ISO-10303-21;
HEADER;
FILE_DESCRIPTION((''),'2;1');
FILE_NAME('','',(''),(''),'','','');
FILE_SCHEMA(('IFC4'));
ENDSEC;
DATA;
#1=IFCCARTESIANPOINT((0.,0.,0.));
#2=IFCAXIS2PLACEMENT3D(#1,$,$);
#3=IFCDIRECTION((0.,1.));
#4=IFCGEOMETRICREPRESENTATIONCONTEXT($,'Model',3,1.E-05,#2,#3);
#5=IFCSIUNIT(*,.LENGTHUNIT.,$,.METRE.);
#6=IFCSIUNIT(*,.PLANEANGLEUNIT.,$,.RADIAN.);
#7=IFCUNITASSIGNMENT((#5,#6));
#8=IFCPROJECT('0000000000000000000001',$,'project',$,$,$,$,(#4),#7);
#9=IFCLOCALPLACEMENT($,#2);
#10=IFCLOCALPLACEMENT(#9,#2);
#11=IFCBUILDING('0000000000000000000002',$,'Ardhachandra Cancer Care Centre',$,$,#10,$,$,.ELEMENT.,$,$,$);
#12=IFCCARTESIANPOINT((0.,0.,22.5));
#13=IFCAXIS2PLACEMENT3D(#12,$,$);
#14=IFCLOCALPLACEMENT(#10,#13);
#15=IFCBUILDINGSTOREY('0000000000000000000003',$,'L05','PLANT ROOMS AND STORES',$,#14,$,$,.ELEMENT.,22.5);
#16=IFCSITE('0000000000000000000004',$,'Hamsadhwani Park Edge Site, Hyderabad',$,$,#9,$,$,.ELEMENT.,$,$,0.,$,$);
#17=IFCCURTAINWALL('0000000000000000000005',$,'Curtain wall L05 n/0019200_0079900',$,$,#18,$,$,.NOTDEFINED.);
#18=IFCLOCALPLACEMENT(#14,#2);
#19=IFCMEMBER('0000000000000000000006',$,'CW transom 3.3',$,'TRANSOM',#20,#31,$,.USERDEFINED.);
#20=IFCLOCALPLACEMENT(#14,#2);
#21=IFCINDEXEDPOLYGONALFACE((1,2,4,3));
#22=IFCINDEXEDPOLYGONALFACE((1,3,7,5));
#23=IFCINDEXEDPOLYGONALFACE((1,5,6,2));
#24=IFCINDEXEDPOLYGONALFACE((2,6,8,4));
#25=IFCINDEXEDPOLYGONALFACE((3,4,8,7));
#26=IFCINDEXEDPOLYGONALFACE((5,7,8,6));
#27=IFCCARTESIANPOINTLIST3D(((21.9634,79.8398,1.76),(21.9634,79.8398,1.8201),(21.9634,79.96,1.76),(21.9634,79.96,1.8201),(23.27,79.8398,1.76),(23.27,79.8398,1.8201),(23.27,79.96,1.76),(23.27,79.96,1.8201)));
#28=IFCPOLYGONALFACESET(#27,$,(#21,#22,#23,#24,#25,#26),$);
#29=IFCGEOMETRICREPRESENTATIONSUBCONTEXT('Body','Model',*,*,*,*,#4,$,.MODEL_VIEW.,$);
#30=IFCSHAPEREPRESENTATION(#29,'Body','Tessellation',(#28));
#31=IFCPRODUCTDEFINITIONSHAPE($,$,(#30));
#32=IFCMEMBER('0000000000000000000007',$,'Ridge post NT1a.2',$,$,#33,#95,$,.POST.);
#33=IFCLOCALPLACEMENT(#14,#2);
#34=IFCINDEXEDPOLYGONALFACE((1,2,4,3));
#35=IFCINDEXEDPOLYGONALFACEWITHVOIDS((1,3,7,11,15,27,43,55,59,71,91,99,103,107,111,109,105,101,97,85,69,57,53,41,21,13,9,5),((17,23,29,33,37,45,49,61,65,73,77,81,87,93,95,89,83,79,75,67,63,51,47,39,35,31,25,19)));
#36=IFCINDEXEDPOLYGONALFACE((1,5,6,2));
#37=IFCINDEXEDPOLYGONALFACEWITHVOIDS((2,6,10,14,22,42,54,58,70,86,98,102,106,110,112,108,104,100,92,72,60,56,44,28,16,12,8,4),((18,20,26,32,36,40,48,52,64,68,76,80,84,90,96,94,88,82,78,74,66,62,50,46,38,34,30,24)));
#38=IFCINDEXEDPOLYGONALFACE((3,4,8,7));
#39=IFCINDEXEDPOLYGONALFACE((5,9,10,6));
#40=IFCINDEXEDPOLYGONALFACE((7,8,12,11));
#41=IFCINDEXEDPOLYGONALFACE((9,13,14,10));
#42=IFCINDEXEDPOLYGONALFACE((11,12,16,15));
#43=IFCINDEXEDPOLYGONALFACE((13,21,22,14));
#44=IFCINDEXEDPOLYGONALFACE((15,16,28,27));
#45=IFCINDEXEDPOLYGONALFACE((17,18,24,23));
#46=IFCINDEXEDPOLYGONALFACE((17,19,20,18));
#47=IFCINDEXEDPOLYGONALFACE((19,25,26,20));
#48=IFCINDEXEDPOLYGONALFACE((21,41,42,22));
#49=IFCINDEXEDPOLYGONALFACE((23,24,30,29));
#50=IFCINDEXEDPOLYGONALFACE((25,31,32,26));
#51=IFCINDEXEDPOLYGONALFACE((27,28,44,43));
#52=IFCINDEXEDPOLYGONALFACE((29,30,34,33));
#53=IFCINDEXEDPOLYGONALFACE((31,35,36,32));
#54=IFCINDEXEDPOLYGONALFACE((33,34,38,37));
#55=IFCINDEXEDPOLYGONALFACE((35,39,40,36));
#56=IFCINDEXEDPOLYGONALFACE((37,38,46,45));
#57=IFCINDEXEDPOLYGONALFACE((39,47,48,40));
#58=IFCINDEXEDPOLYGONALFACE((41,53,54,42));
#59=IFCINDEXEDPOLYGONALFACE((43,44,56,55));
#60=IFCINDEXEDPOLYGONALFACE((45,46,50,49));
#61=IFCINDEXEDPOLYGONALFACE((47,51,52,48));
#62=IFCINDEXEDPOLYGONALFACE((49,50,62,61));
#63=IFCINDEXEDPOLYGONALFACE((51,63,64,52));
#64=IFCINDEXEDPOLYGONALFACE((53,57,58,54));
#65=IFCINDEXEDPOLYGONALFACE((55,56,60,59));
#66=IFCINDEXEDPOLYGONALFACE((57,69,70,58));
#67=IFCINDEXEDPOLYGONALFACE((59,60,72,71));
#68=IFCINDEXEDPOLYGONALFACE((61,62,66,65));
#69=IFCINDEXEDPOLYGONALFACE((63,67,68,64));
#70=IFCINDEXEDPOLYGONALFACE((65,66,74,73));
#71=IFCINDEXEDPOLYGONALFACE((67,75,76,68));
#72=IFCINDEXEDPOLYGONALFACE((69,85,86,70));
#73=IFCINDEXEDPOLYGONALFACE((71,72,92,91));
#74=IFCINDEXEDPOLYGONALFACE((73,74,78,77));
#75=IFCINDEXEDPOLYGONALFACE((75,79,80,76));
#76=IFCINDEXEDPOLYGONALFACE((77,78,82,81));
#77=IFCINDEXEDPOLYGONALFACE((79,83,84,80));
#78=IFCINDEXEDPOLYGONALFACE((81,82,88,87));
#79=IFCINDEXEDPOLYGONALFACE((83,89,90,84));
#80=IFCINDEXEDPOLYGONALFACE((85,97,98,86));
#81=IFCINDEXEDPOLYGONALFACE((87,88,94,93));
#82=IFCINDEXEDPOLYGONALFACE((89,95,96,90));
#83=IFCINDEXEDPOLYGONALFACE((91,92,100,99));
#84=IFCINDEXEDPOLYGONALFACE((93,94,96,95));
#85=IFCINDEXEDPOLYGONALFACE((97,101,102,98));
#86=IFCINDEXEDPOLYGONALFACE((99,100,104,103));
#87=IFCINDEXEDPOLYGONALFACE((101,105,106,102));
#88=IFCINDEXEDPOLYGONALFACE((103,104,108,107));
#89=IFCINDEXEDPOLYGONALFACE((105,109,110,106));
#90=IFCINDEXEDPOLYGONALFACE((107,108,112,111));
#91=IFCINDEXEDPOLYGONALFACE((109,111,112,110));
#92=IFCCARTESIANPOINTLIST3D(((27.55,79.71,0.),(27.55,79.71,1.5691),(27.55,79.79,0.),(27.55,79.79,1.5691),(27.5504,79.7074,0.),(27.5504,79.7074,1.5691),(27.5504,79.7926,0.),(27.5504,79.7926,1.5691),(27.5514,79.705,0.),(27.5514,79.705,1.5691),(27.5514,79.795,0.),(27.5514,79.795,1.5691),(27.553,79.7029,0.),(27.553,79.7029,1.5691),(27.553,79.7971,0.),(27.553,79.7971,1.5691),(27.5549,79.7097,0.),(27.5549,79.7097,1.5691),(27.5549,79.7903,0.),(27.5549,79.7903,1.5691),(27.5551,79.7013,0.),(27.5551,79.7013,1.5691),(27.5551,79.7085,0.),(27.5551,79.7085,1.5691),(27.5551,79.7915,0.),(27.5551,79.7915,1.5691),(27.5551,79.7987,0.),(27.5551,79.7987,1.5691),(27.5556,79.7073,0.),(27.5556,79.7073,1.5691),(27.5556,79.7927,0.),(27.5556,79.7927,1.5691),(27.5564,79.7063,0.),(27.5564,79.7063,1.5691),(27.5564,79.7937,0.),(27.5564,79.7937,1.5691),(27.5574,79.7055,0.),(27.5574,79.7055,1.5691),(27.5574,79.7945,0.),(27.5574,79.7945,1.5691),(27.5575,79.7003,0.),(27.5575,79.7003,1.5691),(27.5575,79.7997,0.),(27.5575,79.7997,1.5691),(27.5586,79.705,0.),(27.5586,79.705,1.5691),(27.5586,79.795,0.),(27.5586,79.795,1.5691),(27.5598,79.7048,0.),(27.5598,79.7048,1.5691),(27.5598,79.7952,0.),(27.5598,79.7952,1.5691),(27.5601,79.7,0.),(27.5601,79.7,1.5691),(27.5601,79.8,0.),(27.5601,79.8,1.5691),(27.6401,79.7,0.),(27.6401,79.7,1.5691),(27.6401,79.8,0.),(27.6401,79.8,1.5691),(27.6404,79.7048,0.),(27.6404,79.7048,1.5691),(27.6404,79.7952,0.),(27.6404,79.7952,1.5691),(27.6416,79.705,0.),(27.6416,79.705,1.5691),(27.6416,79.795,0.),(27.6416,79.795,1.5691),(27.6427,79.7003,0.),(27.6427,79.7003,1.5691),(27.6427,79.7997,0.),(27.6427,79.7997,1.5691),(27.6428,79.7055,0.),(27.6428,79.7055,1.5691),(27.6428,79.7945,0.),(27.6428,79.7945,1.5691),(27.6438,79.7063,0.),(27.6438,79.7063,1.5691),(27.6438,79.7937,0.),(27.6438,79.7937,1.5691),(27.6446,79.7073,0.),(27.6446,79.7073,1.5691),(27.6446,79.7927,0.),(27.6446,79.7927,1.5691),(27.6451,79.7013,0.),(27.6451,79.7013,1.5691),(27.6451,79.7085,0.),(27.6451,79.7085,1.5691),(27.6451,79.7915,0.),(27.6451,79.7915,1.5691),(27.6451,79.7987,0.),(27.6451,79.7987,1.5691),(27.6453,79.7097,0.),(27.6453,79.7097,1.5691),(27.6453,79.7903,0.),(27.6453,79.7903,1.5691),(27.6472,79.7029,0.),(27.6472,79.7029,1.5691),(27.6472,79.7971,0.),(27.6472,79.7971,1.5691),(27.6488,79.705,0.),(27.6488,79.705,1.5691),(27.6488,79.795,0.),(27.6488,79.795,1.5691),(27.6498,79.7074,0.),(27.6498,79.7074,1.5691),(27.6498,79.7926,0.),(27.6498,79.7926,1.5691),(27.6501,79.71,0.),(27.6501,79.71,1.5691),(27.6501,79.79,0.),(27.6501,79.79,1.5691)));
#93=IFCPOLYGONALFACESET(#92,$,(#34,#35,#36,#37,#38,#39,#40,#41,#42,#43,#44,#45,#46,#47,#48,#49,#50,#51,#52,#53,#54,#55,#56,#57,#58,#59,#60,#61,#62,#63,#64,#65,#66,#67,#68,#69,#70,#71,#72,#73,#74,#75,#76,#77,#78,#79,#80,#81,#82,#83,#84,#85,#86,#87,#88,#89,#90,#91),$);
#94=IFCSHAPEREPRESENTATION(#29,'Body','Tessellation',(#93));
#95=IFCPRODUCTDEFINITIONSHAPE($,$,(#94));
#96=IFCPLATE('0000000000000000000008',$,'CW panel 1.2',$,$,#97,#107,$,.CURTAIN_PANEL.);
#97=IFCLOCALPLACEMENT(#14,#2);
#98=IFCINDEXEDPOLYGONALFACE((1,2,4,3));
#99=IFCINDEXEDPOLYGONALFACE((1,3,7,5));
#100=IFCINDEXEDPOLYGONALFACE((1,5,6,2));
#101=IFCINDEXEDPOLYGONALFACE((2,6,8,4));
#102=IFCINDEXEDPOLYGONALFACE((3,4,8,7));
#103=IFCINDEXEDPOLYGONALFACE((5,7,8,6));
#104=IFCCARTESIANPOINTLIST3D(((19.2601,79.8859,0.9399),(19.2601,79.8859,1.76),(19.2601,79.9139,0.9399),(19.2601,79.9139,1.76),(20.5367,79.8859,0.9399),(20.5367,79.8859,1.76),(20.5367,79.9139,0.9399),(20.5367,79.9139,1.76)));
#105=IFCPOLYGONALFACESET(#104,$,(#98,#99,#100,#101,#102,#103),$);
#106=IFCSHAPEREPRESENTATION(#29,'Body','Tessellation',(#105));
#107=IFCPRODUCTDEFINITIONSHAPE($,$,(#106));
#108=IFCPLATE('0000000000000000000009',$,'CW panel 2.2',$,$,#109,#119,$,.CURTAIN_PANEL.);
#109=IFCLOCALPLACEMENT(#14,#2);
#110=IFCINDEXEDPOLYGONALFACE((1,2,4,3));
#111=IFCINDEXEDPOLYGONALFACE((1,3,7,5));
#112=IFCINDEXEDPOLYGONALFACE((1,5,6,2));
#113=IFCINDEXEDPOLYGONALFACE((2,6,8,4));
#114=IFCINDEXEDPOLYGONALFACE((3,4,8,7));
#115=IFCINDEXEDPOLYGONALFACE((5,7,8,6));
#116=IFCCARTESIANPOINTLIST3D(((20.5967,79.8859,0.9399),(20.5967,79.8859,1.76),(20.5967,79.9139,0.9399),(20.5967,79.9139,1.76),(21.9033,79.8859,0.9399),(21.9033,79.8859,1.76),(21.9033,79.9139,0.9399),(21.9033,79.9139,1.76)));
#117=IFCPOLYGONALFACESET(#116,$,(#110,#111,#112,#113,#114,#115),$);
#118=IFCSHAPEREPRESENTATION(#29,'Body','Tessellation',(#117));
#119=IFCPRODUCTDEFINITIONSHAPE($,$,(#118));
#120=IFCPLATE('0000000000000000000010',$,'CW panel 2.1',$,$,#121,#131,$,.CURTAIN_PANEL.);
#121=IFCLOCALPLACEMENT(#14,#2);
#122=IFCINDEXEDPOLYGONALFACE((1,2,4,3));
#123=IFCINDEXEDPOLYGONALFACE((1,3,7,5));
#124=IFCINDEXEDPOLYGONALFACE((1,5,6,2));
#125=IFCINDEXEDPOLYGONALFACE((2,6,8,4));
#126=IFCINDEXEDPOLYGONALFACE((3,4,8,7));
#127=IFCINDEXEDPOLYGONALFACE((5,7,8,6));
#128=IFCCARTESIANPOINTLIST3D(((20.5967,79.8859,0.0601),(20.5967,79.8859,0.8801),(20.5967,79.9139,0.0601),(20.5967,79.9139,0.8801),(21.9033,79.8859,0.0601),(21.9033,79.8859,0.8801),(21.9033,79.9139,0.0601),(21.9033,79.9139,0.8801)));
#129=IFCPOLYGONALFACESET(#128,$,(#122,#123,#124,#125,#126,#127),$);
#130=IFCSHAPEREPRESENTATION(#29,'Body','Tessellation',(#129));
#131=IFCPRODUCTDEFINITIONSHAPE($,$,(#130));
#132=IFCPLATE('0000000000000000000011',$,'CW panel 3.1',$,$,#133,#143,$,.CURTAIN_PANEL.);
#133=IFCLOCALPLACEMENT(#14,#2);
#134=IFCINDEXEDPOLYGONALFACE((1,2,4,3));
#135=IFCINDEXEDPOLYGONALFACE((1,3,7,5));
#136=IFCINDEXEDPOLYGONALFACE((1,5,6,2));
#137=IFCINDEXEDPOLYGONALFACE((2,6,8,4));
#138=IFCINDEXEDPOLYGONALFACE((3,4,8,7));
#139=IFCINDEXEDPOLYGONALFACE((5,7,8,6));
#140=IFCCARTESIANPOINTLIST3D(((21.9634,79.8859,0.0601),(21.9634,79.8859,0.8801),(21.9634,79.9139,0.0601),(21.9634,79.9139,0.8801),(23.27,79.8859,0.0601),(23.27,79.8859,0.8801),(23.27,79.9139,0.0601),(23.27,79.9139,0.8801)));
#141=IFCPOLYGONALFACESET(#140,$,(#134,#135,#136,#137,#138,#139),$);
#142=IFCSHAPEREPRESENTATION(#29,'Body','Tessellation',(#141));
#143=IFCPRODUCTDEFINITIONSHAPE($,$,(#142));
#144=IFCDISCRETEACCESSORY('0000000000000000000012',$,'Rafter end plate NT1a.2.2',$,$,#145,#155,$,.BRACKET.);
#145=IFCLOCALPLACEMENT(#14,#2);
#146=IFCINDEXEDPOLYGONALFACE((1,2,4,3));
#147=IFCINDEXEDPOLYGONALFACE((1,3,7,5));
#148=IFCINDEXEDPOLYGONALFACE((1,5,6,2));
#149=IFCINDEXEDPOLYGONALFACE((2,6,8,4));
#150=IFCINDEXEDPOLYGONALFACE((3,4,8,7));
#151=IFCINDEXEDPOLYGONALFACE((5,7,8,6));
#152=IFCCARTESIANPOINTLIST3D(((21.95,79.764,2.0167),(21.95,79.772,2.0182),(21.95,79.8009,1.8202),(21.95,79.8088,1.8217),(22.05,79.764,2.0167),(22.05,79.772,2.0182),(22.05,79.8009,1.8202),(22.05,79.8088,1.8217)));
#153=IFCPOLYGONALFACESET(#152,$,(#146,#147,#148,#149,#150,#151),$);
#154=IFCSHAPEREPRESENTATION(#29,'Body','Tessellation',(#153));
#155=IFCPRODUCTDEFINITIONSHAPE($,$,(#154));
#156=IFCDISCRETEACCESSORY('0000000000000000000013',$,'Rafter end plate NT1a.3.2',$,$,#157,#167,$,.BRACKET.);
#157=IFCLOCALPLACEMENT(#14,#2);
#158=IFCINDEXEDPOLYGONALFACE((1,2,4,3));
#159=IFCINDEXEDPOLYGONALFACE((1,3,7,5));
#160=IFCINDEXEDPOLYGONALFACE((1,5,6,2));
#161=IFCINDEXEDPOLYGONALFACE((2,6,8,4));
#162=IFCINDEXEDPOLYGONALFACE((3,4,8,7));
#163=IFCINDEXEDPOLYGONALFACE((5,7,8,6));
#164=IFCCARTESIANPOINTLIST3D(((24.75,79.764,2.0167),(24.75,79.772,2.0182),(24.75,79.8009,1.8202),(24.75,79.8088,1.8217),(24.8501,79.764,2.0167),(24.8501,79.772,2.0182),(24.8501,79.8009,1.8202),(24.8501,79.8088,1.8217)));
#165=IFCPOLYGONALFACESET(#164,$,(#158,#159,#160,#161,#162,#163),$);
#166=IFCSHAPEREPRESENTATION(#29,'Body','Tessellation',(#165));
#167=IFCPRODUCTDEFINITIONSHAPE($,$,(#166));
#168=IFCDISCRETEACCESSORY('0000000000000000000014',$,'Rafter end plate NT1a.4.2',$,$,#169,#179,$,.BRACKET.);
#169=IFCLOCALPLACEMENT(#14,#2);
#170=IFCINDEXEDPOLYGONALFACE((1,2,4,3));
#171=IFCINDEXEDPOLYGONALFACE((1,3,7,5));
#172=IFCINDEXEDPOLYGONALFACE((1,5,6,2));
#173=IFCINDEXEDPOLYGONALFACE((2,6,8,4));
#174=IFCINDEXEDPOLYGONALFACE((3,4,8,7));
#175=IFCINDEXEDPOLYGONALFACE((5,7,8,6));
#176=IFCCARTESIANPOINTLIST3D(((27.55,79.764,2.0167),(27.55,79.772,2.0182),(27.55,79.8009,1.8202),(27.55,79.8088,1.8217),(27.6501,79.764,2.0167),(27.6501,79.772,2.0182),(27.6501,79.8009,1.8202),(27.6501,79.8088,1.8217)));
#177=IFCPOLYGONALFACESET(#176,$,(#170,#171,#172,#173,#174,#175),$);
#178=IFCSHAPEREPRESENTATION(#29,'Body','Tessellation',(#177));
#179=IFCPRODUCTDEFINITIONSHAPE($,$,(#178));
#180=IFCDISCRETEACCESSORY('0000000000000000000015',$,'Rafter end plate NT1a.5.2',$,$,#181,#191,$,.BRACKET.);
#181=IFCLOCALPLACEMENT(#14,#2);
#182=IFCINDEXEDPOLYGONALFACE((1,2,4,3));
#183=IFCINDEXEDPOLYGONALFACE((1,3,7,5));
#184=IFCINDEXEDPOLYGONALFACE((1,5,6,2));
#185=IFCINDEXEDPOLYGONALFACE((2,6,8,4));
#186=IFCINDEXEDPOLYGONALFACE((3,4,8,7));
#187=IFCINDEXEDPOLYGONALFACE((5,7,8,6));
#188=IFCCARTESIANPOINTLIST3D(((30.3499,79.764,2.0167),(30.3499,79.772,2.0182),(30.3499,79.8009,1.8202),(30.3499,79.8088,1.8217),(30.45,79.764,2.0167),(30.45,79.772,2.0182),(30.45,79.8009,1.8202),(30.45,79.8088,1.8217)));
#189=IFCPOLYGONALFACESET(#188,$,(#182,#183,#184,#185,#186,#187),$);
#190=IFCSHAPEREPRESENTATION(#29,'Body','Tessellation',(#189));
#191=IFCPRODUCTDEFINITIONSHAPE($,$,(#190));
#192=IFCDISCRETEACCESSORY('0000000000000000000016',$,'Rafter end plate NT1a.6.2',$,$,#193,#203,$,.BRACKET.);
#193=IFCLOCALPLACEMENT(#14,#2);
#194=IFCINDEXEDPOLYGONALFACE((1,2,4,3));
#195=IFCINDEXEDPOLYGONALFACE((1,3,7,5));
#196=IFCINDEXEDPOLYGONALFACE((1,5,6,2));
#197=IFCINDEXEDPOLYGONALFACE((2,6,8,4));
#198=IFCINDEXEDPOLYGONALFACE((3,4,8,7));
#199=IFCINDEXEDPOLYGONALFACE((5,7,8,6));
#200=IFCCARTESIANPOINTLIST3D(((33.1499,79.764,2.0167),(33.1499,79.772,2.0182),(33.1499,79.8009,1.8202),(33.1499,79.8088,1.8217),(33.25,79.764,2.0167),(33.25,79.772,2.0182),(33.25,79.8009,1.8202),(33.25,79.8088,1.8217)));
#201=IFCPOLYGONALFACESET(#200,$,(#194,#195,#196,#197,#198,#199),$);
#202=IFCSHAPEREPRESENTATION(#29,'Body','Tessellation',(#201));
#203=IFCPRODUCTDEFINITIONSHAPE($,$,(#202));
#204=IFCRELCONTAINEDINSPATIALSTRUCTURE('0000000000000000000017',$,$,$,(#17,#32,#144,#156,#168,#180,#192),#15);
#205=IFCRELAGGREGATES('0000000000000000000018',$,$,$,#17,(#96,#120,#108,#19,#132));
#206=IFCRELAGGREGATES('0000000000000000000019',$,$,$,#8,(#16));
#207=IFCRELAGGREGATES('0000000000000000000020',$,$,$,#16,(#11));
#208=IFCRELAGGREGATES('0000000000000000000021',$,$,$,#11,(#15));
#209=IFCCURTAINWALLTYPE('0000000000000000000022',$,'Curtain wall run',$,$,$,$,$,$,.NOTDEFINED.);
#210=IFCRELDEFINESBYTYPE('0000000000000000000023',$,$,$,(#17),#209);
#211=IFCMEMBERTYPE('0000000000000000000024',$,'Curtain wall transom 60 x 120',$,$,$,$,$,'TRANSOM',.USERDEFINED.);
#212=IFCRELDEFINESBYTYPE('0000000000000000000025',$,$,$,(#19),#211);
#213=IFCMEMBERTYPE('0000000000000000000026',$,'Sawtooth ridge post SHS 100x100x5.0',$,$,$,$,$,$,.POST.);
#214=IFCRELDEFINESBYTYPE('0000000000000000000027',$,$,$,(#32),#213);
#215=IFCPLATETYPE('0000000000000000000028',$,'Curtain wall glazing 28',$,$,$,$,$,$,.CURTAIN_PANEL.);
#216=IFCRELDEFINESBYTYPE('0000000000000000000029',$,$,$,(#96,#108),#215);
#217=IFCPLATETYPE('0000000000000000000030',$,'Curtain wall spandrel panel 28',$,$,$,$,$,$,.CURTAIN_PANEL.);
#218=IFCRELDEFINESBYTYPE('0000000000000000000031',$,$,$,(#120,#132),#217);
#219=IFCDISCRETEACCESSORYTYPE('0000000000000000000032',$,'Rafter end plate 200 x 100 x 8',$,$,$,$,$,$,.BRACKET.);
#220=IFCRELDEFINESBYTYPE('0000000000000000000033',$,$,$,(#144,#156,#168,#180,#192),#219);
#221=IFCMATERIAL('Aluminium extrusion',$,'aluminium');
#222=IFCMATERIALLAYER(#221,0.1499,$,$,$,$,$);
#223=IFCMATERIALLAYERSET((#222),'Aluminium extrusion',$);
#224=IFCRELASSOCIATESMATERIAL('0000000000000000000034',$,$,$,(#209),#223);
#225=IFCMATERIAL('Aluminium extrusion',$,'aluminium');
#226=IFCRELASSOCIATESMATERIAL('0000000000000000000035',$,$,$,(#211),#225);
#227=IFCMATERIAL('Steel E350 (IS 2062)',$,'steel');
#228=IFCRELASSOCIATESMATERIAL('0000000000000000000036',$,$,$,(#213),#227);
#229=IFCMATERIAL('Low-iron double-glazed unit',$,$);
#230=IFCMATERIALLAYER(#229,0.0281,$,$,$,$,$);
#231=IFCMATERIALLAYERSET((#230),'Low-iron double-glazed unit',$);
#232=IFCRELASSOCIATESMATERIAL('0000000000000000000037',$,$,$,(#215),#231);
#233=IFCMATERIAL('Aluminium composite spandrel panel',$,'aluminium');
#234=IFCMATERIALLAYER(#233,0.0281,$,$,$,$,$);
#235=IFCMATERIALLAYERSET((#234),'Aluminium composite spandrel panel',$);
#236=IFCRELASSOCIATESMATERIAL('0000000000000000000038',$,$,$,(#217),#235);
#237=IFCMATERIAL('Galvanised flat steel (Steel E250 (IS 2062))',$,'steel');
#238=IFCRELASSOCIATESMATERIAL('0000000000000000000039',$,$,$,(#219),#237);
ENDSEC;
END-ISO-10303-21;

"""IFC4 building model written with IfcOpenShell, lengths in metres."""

from ifc_helpers import new_model, si_unit, direction, frame, origin, origin_2d, place, context, subcontext, project, spatial, rectangle, hollow_rectangle, extrude, material, layer, layer_set, material_profile, profile_set, type_object, element, aggregate, save


model = new_model("IFC4")

# Units and contexts
model_context = context("Model", 3, precision=1e-05, world=origin(), true_north=direction((0.0, 1.0)))
body_context = subcontext(model_context, "Body", "Model", "MODEL_VIEW")
ifc_project = project(units=[si_unit("LENGTHUNIT", "METRE"), si_unit("PLANEANGLEUNIT", "RADIAN")], contexts=[model_context])

# Site, building, storey
site_placement = place(None, origin())
site = spatial("IfcSite", under=ifc_project, at=site_placement, Name="Hamsadhwani Park Edge Site, Hyderabad", CompositionType="ELEMENT", RefElevation=0.0)
building_placement = place(site_placement, origin())
building = spatial("IfcBuilding", under=site, at=building_placement, Name="Ardhachandra Cancer Care Centre", CompositionType="ELEMENT")
storey_placement = place(building_placement, frame((0.0, 0.0, 22.5)))
storey = spatial("IfcBuildingStorey", under=building, at=storey_placement, Name="L05", Description="PLANT ROOMS AND STORES", CompositionType="ELEMENT", Elevation=22.5)

# Curtain wall, member
ifc_material_1 = material(Name="Aluminium extrusion", Category="aluminium")
ifc_layer_1 = layer(ifc_material_1, 0.1499)
ifc_layer_set_1 = layer_set([ifc_layer_1], Name="Aluminium extrusion")
curtain_wall_type = type_object("IfcCurtainWallType", Name="Curtain wall run", PredefinedType="NOTDEFINED", material=ifc_layer_set_1)
curtain_wall_placement = place(storey_placement, origin())
curtain_wall = element("IfcCurtainWall", 1, at=curtain_wall_placement, inside=storey, type_object=curtain_wall_type, Name="Curtain wall L05 n/0019200_0079900", PredefinedType="NOTDEFINED")
ifc_material_2 = material(Name="Aluminium extrusion", Category="aluminium")
ifc_material_profile_1 = material_profile(ifc_material_2, rectangle(XDim=0.1201, YDim=0.0601, at=origin_2d()), Name="Curtain wall transom 60 x 120")
ifc_profile_set_1 = profile_set([ifc_material_profile_1], Name="Aluminium extrusion")
member_type_1 = type_object("IfcMemberType", Name="Curtain wall transom 60 x 120", ElementType="TRANSOM", PredefinedType="USERDEFINED", material=ifc_profile_set_1)
member_1_placement = place(storey_placement, frame((21.9634, 79.8999, 1.79), z_axis=(1.0, 0.0, 0.0), x_axis=(0.0, 1.0, 0.0)))
member_1 = element("IfcMember", 2, at=member_1_placement, type_object=member_type_1, Name="CW transom 3.3", ObjectType="TRANSOM", PredefinedType="USERDEFINED", context=body_context, shape_type="SweptSolid", body=[
    extrude(rectangle(XDim=0.1201, YDim=0.0601, at=origin_2d()), origin(), (0.0, 0.0, 1.0), 1.3066),
])

# Member
ifc_material_3 = material(Name="Steel E350 (IS 2062)", Category="steel")
ifc_material_profile_2 = material_profile(ifc_material_3, hollow_rectangle(XDim=0.1001, YDim=0.1001, WallThickness=0.0049, InnerFilletRadius=0.0049, OuterFilletRadius=0.01, at=origin_2d()), Name="SHS 100x100x5.0")
ifc_profile_set_2 = profile_set([ifc_material_profile_2], Name="Steel E350 (IS 2062)")
member_type_2 = type_object("IfcMemberType", Name="Sawtooth ridge post SHS 100x100x5.0", PredefinedType="POST", material=ifc_profile_set_2)
member_2_placement = place(storey_placement, frame((27.6001, 79.75, 0.0), z_axis=(0.0, 0.0, 1.0), x_axis=(1.0, 0.0, 0.0)))
element("IfcMember", 3, at=member_2_placement, inside=storey, type_object=member_type_2, Name="Ridge post NT1a.2", PredefinedType="POST", context=body_context, shape_type="SweptSolid", body=[
    extrude(hollow_rectangle(XDim=0.1001, YDim=0.1001, WallThickness=0.0049, InnerFilletRadius=0.0049, OuterFilletRadius=0.01, at=origin_2d()), origin(), (0.0, 0.0, 1.0), 1.5691),
])

# Plates
ifc_material_4 = material(Name="Low-iron double-glazed unit")
ifc_layer_2 = layer(ifc_material_4, 0.0281)
ifc_layer_set_2 = layer_set([ifc_layer_2], Name="Low-iron double-glazed unit")
plate_type_1 = type_object("IfcPlateType", Name="Curtain wall glazing 28", PredefinedType="CURTAIN_PANEL", material=ifc_layer_set_2)
plate_1_placement = place(storey_placement, frame((19.8984, 79.8999, 0.9399), z_axis=(0.0, 0.0, 1.0), x_axis=(1.0, 0.0, 0.0)))
plate_1 = element("IfcPlate", 4, at=plate_1_placement, type_object=plate_type_1, Name="CW panel 1.2", PredefinedType="CURTAIN_PANEL", context=body_context, shape_type="SweptSolid", body=[
    extrude(rectangle(XDim=1.2766, YDim=0.0281, at=origin_2d()), origin(), (0.0, 0.0, 1.0), 0.8201),
])
plate_2_placement = place(storey_placement, frame((21.25, 79.8999, 0.9399), z_axis=(0.0, 0.0, 1.0), x_axis=(1.0, 0.0, 0.0)))
plate_2 = element("IfcPlate", 5, at=plate_2_placement, type_object=plate_type_1, Name="CW panel 2.2", PredefinedType="CURTAIN_PANEL", context=body_context, shape_type="SweptSolid", body=[
    extrude(rectangle(XDim=1.3066, YDim=0.0281, at=origin_2d()), origin(), (0.0, 0.0, 1.0), 0.8201),
])
ifc_material_5 = material(Name="Aluminium composite spandrel panel", Category="aluminium")
ifc_layer_3 = layer(ifc_material_5, 0.0281)
ifc_layer_set_3 = layer_set([ifc_layer_3], Name="Aluminium composite spandrel panel")
plate_type_2 = type_object("IfcPlateType", Name="Curtain wall spandrel panel 28", PredefinedType="CURTAIN_PANEL", material=ifc_layer_set_3)
plate_3_placement = place(storey_placement, frame((21.25, 79.8999, 0.0601), z_axis=(0.0, 0.0, 1.0), x_axis=(1.0, 0.0, 0.0)))
plate_3 = element("IfcPlate", 6, at=plate_3_placement, type_object=plate_type_2, Name="CW panel 2.1", PredefinedType="CURTAIN_PANEL", context=body_context, shape_type="SweptSolid", body=[
    extrude(rectangle(XDim=1.3066, YDim=0.0281, at=origin_2d()), origin(), (0.0, 0.0, 1.0), 0.8201),
])
plate_4_placement = place(storey_placement, frame((22.6167, 79.8999, 0.0601), z_axis=(0.0, 0.0, 1.0), x_axis=(1.0, 0.0, 0.0)))
plate_4 = element("IfcPlate", 7, at=plate_4_placement, type_object=plate_type_2, Name="CW panel 3.1", PredefinedType="CURTAIN_PANEL", context=body_context, shape_type="SweptSolid", body=[
    extrude(rectangle(XDim=1.3066, YDim=0.0281, at=origin_2d()), origin(), (0.0, 0.0, 1.0), 0.8201),
])
aggregate(curtain_wall, [plate_1, plate_3, plate_2, member_1, plate_4])

# Discrete accessories
ifc_material_6 = material(Name="Galvanised flat steel (Steel E250 (IS 2062))", Category="steel")
ifc_material_profile_3 = material_profile(ifc_material_6, rectangle(XDim=0.1001, YDim=0.2, at=origin_2d()), Name="Rafter end plate 200 x 100 x 8")
ifc_profile_set_3 = profile_set([ifc_material_profile_3], Name="Galvanised flat steel (Steel E250 (IS 2062))")
discrete_accessory_type_1 = type_object("IfcDiscreteAccessoryType", Name="Rafter end plate 200 x 100 x 8", PredefinedType="BRACKET", material=ifc_profile_set_3)
for number, where, z_axis, x_axis, name in (
    (8, (22.0, 79.7825, 1.9185), (0.0, 0.982872, 0.184289), (-1.0, 0.0, 0.0), "Rafter end plate NT1a.2.2"),
    (9, (24.8, 79.7825, 1.9185), (0.0, 0.982872, 0.184289), (-1.0, 0.0, 0.0), "Rafter end plate NT1a.3.2"),
    (10, (27.6001, 79.7825, 1.9185), (0.0, 0.982872, 0.184289), (-1.0, 0.0, 0.0), "Rafter end plate NT1a.4.2"),
    (11, (30.3999, 79.7825, 1.9185), (0.0, 0.982872, 0.184289), (-1.0, 0.0, 0.0), "Rafter end plate NT1a.5.2"),
    (12, (33.2, 79.7825, 1.9185), (0.0, 0.982872, 0.184289), (-1.0, 0.0, 0.0), "Rafter end plate NT1a.6.2"),
):
    element("IfcDiscreteAccessory", number, at=place(storey_placement, frame(where, z_axis=z_axis, x_axis=x_axis)), inside=storey, type_object=discrete_accessory_type_1, Name=name, PredefinedType="BRACKET", context=body_context, shape_type="SweptSolid", body=[
        extrude(rectangle(XDim=0.1001, YDim=0.2, at=origin_2d()), origin(), (0.0, 0.0, 1.0), 0.0081),
    ])

save(model, "model.ifc")
